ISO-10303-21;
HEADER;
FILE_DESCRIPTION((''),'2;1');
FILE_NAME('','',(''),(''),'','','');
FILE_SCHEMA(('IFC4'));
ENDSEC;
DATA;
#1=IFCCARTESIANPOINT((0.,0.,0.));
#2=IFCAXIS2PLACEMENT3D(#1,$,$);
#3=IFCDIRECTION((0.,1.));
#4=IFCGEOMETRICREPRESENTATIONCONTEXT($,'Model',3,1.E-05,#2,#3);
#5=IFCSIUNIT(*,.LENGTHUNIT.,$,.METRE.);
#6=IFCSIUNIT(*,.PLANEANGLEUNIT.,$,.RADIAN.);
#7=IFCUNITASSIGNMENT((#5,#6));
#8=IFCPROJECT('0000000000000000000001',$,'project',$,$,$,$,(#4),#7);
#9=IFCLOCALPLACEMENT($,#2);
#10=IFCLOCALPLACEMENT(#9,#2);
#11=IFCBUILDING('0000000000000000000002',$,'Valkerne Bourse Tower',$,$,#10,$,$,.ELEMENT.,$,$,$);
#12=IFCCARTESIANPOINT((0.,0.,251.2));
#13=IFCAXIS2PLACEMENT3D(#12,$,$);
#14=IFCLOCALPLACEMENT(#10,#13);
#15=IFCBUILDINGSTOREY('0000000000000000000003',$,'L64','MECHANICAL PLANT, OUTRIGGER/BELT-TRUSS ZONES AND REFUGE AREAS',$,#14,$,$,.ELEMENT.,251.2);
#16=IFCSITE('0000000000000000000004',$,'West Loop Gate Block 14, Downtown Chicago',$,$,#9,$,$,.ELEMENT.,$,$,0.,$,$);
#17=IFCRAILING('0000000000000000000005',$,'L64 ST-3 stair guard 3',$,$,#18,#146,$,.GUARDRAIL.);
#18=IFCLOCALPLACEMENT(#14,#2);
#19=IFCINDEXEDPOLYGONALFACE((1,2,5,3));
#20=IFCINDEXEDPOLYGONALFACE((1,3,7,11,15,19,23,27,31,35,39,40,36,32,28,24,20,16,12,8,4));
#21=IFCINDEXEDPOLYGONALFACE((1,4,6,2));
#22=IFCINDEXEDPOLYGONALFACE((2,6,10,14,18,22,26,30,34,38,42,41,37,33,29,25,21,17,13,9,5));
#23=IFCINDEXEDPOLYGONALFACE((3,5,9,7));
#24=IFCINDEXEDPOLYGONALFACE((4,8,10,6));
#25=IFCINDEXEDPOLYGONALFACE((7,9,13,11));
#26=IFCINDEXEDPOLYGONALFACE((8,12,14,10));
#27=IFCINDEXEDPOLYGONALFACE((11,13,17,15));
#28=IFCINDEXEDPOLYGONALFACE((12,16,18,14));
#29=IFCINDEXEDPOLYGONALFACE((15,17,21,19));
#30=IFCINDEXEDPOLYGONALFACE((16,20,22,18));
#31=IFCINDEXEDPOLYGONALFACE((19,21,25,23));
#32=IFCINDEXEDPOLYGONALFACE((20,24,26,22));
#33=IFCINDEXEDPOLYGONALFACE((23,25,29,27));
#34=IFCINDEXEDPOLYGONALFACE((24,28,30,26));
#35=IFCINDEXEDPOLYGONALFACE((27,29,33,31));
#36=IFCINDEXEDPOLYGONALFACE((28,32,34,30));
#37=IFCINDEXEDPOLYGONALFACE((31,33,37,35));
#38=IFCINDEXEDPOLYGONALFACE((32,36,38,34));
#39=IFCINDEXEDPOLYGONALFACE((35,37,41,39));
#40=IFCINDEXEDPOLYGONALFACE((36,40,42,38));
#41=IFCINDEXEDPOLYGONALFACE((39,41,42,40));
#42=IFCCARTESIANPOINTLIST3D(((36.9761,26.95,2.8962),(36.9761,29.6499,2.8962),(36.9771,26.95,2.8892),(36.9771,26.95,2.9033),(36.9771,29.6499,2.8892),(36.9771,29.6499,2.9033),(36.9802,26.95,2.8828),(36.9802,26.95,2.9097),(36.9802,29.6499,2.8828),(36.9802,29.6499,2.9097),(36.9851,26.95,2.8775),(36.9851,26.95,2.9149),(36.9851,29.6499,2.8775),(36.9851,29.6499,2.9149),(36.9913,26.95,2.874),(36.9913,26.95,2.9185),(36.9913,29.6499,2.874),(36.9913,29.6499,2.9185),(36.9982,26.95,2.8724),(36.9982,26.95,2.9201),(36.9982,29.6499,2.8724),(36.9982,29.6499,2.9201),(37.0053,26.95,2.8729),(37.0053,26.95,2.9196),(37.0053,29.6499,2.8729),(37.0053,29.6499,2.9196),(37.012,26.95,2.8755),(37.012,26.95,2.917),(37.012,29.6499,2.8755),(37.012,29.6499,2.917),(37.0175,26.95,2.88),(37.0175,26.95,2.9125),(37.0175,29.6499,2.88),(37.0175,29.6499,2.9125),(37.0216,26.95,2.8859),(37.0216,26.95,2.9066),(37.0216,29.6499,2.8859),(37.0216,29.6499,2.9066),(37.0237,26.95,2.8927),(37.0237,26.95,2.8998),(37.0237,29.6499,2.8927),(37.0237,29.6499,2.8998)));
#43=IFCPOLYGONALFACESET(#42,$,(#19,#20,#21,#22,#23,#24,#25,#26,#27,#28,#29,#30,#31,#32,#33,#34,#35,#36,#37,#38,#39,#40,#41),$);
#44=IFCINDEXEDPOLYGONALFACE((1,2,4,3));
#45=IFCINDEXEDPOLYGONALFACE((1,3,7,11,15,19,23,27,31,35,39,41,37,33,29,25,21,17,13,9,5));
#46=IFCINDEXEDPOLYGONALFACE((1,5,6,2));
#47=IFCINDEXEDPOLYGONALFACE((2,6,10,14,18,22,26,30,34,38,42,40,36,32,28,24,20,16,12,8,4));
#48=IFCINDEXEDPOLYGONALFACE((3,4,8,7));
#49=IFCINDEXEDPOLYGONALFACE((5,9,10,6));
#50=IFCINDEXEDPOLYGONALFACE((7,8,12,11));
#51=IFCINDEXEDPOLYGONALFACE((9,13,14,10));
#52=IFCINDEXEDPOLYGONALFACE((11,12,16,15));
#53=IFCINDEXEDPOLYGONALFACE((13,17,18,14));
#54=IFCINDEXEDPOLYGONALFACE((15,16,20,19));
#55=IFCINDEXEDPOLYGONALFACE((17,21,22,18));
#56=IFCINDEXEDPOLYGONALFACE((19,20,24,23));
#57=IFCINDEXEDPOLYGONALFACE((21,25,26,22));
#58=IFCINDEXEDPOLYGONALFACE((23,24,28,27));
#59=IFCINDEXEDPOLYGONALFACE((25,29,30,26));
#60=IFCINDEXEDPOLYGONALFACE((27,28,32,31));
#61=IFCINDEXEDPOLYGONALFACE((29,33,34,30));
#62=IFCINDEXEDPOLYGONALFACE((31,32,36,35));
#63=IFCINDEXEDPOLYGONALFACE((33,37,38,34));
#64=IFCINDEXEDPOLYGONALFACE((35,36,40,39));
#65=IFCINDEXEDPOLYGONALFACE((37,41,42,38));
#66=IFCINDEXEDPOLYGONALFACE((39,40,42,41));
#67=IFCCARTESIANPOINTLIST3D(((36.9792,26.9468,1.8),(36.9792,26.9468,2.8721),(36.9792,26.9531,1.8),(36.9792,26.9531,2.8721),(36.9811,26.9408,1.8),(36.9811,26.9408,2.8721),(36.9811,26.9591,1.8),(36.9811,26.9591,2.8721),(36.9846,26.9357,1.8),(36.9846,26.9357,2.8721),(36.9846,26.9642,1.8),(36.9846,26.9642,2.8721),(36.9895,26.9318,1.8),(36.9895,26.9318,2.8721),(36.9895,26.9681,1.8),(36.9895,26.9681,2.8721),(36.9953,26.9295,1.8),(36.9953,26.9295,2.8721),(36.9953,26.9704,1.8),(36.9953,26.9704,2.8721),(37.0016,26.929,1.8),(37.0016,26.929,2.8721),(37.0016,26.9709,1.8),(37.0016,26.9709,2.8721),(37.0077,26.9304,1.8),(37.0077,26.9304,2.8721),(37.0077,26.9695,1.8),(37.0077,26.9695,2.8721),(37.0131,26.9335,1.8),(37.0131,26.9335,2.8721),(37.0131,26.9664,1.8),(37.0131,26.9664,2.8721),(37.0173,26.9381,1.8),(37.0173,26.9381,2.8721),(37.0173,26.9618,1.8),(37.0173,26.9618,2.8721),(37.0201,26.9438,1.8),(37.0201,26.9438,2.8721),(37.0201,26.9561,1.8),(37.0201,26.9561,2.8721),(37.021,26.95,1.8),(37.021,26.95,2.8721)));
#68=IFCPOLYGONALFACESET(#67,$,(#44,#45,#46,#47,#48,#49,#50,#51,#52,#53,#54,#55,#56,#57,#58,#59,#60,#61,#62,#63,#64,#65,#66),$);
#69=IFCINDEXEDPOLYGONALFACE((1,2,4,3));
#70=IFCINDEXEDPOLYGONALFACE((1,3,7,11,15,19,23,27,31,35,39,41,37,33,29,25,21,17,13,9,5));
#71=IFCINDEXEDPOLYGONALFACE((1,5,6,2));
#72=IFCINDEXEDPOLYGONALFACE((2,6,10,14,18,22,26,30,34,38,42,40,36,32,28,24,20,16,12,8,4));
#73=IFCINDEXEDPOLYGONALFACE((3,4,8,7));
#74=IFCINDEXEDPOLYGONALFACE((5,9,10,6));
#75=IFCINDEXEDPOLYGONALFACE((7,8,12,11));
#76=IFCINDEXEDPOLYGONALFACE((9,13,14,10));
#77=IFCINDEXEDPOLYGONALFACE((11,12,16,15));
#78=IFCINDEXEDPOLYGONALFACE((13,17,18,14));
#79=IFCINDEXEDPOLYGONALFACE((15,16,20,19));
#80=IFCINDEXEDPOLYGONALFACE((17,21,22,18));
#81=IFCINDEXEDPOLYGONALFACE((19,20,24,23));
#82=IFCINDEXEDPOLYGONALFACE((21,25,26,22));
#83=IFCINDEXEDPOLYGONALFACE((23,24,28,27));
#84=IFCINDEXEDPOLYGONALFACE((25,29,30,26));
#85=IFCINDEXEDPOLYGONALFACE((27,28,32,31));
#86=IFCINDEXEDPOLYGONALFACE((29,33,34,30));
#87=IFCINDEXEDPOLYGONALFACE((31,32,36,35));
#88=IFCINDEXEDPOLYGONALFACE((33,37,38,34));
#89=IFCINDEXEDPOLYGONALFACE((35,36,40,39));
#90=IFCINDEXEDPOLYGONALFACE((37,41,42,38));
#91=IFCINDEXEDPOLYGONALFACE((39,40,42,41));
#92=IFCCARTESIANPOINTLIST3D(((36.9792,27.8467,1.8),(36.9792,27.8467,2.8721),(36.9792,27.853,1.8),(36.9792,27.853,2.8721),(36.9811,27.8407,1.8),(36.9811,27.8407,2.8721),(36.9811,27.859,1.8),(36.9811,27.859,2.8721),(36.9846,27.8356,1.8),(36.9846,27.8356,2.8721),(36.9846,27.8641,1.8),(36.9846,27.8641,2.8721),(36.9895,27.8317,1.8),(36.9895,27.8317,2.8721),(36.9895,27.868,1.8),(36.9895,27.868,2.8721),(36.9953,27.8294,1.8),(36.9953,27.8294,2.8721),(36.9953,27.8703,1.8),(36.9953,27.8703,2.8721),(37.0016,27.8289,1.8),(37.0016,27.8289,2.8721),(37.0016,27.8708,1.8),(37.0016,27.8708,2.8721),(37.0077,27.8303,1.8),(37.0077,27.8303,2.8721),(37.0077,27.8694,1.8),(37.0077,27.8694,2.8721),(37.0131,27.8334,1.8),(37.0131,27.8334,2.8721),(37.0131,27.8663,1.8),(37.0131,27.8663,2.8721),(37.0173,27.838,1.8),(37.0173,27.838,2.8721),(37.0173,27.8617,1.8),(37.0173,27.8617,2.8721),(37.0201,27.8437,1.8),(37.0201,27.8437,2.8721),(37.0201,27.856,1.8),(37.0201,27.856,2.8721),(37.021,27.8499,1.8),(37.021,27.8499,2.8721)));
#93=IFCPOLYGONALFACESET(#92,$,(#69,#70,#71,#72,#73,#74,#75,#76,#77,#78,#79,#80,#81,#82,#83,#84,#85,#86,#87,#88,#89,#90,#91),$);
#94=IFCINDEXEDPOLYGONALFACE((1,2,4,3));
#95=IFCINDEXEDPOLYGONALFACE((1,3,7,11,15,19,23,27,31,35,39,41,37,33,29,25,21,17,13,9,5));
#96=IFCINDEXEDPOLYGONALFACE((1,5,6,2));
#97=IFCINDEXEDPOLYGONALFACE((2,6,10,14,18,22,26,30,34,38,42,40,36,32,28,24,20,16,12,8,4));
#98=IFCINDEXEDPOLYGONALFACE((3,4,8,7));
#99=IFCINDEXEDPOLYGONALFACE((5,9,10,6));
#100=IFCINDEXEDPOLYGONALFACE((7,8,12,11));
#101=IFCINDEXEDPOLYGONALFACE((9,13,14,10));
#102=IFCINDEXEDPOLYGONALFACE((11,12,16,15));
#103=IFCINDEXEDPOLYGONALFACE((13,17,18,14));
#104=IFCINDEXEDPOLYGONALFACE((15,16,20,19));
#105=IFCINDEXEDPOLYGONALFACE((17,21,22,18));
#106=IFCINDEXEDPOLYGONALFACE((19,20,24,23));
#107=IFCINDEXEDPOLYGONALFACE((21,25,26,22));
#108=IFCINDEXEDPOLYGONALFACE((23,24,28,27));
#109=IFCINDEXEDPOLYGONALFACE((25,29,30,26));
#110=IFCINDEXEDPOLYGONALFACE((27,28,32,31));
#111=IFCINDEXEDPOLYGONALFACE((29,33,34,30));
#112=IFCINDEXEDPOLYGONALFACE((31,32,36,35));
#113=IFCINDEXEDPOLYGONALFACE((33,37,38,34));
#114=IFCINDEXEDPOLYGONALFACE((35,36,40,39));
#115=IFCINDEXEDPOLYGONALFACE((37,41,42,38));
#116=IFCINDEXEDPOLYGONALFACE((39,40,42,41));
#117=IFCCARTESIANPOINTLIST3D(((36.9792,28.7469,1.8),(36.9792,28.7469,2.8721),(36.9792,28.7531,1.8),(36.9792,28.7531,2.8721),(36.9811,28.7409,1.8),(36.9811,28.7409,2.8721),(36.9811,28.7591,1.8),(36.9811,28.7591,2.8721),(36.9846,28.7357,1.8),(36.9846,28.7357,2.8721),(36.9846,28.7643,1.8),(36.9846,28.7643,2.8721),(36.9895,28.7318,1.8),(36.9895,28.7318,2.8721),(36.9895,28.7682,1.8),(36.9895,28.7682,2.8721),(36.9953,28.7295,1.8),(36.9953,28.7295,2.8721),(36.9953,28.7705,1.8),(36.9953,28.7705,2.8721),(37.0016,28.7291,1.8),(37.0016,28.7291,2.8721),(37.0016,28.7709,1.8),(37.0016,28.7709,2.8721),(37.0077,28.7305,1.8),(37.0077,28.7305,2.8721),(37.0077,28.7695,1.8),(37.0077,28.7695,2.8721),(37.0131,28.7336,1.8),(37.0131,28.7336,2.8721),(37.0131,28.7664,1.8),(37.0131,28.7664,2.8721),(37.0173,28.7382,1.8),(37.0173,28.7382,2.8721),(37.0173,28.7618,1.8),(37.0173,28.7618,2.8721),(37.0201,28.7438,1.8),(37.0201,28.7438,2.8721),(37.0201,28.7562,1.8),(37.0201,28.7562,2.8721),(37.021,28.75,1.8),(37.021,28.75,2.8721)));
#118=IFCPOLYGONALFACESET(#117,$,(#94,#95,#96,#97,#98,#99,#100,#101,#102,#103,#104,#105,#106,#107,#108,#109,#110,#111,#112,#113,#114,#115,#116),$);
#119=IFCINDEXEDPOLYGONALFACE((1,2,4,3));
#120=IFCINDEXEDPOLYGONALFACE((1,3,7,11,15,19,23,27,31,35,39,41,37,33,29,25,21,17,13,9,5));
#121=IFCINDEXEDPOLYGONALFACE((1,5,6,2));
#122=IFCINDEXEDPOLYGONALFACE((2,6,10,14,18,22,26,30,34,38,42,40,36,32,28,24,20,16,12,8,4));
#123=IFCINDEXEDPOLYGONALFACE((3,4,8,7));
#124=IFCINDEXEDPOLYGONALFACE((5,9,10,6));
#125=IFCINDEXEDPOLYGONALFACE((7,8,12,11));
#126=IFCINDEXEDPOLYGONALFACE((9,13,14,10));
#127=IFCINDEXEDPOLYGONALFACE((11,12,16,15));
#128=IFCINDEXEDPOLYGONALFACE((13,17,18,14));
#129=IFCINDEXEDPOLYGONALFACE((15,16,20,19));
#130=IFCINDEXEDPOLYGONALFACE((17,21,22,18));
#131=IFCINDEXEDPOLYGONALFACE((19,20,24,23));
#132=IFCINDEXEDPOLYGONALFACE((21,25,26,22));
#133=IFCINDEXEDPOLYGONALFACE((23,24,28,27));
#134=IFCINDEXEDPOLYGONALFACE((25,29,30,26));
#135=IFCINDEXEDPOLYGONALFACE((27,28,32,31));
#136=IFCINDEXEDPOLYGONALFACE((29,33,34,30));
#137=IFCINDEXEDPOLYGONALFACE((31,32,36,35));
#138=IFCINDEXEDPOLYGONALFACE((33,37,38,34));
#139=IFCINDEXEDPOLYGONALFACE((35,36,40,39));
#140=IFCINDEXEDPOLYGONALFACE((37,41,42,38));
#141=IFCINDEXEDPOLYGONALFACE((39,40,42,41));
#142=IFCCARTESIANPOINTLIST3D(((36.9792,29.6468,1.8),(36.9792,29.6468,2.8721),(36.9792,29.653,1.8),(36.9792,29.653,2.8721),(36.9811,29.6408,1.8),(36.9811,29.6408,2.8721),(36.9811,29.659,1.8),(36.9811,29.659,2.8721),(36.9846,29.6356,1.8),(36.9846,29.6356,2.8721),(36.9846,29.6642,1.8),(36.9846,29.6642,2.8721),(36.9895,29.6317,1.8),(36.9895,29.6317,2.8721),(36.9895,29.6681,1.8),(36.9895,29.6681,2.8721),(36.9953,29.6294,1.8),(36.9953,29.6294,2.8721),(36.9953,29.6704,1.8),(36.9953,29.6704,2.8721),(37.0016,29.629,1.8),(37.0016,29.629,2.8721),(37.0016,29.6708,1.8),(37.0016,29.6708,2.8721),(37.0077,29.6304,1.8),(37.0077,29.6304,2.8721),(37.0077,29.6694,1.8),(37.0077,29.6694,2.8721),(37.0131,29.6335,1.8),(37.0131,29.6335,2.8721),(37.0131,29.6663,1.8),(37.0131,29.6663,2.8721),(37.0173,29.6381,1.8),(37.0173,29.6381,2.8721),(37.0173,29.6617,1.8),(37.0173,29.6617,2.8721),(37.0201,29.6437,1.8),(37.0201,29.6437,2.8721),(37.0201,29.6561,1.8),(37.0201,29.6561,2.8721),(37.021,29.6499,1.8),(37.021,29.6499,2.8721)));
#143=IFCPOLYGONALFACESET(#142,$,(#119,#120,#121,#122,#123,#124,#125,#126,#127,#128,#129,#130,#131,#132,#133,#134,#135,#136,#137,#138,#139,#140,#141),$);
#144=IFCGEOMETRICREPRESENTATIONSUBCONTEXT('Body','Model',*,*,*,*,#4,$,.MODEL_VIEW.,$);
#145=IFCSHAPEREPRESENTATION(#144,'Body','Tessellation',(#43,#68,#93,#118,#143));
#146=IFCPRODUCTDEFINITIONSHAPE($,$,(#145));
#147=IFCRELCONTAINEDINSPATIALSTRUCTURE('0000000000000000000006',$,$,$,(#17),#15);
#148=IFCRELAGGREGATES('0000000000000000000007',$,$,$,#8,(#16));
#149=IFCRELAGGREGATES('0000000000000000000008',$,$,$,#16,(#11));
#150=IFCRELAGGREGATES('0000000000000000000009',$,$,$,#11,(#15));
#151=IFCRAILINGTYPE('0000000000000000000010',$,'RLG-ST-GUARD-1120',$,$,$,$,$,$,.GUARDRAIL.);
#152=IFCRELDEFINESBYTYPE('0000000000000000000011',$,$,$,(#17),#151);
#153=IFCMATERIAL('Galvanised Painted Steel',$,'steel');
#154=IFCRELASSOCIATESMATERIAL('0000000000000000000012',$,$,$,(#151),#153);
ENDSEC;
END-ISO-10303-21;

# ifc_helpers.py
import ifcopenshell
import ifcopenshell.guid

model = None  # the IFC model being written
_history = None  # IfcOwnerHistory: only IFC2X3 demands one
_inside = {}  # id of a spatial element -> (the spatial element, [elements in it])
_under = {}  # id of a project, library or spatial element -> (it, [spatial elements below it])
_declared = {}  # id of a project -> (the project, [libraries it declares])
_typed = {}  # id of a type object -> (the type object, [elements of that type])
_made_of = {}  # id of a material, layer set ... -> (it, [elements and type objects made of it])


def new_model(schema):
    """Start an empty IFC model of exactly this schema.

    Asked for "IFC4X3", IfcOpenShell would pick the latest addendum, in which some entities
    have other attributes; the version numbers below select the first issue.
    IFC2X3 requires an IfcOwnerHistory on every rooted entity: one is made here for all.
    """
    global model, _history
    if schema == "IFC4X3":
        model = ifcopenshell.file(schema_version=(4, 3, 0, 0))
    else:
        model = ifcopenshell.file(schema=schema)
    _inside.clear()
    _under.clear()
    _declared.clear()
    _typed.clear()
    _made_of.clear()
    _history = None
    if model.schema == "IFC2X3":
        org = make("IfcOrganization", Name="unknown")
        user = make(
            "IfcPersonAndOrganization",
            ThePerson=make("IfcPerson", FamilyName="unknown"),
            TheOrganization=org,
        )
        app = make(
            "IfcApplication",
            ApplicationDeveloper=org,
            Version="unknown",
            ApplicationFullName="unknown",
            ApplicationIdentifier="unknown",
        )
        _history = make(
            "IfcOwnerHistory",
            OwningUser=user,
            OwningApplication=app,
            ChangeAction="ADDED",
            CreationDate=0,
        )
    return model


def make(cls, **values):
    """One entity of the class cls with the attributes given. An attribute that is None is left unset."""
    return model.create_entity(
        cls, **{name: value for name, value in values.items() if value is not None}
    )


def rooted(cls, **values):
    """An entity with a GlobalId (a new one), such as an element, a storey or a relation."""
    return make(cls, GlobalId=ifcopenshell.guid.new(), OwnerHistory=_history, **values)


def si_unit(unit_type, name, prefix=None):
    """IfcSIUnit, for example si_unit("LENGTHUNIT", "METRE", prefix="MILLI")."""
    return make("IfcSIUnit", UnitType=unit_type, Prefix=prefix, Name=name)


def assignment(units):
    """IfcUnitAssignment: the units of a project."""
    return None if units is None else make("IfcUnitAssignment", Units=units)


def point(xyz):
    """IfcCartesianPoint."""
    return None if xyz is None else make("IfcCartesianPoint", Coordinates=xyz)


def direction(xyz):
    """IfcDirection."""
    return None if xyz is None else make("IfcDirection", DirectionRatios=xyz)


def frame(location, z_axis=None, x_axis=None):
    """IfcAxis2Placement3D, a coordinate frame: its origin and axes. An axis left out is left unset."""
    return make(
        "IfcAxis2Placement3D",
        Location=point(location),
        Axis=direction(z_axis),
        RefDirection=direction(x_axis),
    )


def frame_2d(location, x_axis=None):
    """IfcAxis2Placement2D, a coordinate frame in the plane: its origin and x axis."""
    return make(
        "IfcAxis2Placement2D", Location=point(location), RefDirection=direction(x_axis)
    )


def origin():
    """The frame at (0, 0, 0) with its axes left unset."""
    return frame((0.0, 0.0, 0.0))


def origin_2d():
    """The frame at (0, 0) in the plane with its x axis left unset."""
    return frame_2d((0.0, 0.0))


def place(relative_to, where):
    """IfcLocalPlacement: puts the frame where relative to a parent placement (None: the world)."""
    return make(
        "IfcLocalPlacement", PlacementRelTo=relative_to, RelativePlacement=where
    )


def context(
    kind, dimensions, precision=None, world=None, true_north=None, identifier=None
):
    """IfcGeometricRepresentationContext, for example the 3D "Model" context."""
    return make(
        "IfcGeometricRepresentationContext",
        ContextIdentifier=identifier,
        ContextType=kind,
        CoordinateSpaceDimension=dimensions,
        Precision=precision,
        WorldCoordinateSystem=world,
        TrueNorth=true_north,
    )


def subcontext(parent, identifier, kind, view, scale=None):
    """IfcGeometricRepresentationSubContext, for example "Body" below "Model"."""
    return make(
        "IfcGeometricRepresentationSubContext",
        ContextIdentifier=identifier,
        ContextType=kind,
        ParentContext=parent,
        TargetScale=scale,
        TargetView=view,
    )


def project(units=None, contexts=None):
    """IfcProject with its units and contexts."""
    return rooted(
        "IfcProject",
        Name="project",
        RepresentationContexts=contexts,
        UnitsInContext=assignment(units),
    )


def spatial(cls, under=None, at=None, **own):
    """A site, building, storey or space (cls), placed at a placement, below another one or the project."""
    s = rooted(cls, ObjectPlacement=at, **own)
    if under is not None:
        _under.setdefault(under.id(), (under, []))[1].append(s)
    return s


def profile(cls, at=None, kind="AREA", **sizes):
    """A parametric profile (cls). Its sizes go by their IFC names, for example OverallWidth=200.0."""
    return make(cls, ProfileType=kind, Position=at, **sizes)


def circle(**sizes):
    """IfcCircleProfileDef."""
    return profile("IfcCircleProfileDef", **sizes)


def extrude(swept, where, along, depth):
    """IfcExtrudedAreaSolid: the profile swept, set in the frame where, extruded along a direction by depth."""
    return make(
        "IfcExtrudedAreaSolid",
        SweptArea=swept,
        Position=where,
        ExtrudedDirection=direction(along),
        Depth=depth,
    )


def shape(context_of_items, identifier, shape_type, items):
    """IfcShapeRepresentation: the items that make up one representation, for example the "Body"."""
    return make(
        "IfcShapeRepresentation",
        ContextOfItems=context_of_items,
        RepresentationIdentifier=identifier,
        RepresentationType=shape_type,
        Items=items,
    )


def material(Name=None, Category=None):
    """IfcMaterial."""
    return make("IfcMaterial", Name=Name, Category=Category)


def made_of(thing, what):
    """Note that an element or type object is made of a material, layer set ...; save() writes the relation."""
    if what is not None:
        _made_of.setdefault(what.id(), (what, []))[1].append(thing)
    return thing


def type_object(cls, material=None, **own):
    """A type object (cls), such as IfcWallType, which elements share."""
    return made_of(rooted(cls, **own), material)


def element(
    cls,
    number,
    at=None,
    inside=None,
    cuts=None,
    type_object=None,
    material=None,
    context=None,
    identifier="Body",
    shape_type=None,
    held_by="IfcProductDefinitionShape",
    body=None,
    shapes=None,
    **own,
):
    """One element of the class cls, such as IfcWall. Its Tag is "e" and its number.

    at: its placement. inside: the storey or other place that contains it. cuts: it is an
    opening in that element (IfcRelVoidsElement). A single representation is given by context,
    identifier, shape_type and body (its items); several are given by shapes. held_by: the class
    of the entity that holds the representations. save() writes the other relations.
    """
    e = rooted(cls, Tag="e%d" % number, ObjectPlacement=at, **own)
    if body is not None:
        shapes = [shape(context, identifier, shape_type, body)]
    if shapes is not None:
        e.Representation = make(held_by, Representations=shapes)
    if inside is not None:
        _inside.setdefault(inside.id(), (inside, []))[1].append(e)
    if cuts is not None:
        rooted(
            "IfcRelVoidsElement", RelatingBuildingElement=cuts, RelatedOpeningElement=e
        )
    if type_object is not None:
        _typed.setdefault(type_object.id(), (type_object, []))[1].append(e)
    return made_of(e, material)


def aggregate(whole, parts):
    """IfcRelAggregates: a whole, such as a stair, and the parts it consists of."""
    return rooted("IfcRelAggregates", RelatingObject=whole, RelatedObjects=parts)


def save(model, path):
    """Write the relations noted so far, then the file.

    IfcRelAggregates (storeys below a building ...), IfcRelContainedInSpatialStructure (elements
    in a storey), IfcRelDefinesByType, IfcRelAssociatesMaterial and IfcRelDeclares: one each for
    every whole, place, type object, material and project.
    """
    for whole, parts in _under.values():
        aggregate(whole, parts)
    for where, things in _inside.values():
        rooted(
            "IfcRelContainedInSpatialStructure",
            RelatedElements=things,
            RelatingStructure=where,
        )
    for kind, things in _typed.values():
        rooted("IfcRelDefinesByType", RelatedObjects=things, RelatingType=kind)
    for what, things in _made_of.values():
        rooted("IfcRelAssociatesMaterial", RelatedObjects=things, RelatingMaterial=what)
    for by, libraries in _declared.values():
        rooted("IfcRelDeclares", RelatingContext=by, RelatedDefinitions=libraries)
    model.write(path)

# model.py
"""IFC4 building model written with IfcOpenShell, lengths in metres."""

from ifc_helpers import new_model, si_unit, direction, frame, origin, origin_2d, place, context, subcontext, project, spatial, circle, extrude, material, type_object, element, save


model = new_model("IFC4")

# Units and contexts
model_context = context("Model", 3, precision=1e-05, world=origin(), true_north=direction((0.0, 1.0)))
body_context = subcontext(model_context, "Body", "Model", "MODEL_VIEW")
ifc_project = project(units=[si_unit("LENGTHUNIT", "METRE"), si_unit("PLANEANGLEUNIT", "RADIAN")], contexts=[model_context])

# Site, building, storey
site_placement = place(None, origin())
site = spatial("IfcSite", under=ifc_project, at=site_placement, Name="West Loop Gate Block 14, Downtown Chicago", CompositionType="ELEMENT", RefElevation=0.0)
building_placement = place(site_placement, origin())
building = spatial("IfcBuilding", under=site, at=building_placement, Name="Valkerne Bourse Tower", CompositionType="ELEMENT")
storey_placement = place(building_placement, frame((0.0, 0.0, 251.2)))
storey = spatial("IfcBuildingStorey", under=building, at=storey_placement, Name="L64", Description="MECHANICAL PLANT, OUTRIGGER/BELT-TRUSS ZONES AND REFUGE AREAS", CompositionType="ELEMENT", Elevation=251.2)

# Shared definitions
ifc_material_1 = material(Name="Galvanised Painted Steel", Category="steel")

# Railing
railing_type_1 = type_object("IfcRailingType", Name="RLG-ST-GUARD-1120", PredefinedType="GUARDRAIL", material=ifc_material_1)
railing_1_placement = place(storey_placement, frame((37.0, 26.95, 1.8)))
element("IfcRailing", 1, at=railing_1_placement, inside=storey, type_object=railing_type_1, Name="L64 ST-3 stair guard 3", PredefinedType="GUARDRAIL", context=body_context, shape_type="SweptSolid", body=[
    extrude(circle(Radius=0.0239, at=origin_2d()), frame((0.0, 0.0, 1.0962), z_axis=(0.0, 1.0, 0.0), x_axis=(-1.0, 0.0, 0.0)), (0.0, 0.0, 1.0), 2.7),
    extrude(circle(Radius=0.021, at=origin_2d()), origin(), (0.0, 0.0, 1.0), 1.072),
    extrude(circle(Radius=0.021, at=origin_2d()), frame((0.0, 0.8999, 0.0)), (0.0, 0.0, 1.0), 1.072),
    extrude(circle(Radius=0.021, at=origin_2d()), frame((0.0, 1.8, 0.0)), (0.0, 0.0, 1.0), 1.072),
    extrude(circle(Radius=0.021, at=origin_2d()), frame((0.0, 2.7, 0.0)), (0.0, 0.0, 1.0), 1.072),
])

save(model, "model.ifc")
